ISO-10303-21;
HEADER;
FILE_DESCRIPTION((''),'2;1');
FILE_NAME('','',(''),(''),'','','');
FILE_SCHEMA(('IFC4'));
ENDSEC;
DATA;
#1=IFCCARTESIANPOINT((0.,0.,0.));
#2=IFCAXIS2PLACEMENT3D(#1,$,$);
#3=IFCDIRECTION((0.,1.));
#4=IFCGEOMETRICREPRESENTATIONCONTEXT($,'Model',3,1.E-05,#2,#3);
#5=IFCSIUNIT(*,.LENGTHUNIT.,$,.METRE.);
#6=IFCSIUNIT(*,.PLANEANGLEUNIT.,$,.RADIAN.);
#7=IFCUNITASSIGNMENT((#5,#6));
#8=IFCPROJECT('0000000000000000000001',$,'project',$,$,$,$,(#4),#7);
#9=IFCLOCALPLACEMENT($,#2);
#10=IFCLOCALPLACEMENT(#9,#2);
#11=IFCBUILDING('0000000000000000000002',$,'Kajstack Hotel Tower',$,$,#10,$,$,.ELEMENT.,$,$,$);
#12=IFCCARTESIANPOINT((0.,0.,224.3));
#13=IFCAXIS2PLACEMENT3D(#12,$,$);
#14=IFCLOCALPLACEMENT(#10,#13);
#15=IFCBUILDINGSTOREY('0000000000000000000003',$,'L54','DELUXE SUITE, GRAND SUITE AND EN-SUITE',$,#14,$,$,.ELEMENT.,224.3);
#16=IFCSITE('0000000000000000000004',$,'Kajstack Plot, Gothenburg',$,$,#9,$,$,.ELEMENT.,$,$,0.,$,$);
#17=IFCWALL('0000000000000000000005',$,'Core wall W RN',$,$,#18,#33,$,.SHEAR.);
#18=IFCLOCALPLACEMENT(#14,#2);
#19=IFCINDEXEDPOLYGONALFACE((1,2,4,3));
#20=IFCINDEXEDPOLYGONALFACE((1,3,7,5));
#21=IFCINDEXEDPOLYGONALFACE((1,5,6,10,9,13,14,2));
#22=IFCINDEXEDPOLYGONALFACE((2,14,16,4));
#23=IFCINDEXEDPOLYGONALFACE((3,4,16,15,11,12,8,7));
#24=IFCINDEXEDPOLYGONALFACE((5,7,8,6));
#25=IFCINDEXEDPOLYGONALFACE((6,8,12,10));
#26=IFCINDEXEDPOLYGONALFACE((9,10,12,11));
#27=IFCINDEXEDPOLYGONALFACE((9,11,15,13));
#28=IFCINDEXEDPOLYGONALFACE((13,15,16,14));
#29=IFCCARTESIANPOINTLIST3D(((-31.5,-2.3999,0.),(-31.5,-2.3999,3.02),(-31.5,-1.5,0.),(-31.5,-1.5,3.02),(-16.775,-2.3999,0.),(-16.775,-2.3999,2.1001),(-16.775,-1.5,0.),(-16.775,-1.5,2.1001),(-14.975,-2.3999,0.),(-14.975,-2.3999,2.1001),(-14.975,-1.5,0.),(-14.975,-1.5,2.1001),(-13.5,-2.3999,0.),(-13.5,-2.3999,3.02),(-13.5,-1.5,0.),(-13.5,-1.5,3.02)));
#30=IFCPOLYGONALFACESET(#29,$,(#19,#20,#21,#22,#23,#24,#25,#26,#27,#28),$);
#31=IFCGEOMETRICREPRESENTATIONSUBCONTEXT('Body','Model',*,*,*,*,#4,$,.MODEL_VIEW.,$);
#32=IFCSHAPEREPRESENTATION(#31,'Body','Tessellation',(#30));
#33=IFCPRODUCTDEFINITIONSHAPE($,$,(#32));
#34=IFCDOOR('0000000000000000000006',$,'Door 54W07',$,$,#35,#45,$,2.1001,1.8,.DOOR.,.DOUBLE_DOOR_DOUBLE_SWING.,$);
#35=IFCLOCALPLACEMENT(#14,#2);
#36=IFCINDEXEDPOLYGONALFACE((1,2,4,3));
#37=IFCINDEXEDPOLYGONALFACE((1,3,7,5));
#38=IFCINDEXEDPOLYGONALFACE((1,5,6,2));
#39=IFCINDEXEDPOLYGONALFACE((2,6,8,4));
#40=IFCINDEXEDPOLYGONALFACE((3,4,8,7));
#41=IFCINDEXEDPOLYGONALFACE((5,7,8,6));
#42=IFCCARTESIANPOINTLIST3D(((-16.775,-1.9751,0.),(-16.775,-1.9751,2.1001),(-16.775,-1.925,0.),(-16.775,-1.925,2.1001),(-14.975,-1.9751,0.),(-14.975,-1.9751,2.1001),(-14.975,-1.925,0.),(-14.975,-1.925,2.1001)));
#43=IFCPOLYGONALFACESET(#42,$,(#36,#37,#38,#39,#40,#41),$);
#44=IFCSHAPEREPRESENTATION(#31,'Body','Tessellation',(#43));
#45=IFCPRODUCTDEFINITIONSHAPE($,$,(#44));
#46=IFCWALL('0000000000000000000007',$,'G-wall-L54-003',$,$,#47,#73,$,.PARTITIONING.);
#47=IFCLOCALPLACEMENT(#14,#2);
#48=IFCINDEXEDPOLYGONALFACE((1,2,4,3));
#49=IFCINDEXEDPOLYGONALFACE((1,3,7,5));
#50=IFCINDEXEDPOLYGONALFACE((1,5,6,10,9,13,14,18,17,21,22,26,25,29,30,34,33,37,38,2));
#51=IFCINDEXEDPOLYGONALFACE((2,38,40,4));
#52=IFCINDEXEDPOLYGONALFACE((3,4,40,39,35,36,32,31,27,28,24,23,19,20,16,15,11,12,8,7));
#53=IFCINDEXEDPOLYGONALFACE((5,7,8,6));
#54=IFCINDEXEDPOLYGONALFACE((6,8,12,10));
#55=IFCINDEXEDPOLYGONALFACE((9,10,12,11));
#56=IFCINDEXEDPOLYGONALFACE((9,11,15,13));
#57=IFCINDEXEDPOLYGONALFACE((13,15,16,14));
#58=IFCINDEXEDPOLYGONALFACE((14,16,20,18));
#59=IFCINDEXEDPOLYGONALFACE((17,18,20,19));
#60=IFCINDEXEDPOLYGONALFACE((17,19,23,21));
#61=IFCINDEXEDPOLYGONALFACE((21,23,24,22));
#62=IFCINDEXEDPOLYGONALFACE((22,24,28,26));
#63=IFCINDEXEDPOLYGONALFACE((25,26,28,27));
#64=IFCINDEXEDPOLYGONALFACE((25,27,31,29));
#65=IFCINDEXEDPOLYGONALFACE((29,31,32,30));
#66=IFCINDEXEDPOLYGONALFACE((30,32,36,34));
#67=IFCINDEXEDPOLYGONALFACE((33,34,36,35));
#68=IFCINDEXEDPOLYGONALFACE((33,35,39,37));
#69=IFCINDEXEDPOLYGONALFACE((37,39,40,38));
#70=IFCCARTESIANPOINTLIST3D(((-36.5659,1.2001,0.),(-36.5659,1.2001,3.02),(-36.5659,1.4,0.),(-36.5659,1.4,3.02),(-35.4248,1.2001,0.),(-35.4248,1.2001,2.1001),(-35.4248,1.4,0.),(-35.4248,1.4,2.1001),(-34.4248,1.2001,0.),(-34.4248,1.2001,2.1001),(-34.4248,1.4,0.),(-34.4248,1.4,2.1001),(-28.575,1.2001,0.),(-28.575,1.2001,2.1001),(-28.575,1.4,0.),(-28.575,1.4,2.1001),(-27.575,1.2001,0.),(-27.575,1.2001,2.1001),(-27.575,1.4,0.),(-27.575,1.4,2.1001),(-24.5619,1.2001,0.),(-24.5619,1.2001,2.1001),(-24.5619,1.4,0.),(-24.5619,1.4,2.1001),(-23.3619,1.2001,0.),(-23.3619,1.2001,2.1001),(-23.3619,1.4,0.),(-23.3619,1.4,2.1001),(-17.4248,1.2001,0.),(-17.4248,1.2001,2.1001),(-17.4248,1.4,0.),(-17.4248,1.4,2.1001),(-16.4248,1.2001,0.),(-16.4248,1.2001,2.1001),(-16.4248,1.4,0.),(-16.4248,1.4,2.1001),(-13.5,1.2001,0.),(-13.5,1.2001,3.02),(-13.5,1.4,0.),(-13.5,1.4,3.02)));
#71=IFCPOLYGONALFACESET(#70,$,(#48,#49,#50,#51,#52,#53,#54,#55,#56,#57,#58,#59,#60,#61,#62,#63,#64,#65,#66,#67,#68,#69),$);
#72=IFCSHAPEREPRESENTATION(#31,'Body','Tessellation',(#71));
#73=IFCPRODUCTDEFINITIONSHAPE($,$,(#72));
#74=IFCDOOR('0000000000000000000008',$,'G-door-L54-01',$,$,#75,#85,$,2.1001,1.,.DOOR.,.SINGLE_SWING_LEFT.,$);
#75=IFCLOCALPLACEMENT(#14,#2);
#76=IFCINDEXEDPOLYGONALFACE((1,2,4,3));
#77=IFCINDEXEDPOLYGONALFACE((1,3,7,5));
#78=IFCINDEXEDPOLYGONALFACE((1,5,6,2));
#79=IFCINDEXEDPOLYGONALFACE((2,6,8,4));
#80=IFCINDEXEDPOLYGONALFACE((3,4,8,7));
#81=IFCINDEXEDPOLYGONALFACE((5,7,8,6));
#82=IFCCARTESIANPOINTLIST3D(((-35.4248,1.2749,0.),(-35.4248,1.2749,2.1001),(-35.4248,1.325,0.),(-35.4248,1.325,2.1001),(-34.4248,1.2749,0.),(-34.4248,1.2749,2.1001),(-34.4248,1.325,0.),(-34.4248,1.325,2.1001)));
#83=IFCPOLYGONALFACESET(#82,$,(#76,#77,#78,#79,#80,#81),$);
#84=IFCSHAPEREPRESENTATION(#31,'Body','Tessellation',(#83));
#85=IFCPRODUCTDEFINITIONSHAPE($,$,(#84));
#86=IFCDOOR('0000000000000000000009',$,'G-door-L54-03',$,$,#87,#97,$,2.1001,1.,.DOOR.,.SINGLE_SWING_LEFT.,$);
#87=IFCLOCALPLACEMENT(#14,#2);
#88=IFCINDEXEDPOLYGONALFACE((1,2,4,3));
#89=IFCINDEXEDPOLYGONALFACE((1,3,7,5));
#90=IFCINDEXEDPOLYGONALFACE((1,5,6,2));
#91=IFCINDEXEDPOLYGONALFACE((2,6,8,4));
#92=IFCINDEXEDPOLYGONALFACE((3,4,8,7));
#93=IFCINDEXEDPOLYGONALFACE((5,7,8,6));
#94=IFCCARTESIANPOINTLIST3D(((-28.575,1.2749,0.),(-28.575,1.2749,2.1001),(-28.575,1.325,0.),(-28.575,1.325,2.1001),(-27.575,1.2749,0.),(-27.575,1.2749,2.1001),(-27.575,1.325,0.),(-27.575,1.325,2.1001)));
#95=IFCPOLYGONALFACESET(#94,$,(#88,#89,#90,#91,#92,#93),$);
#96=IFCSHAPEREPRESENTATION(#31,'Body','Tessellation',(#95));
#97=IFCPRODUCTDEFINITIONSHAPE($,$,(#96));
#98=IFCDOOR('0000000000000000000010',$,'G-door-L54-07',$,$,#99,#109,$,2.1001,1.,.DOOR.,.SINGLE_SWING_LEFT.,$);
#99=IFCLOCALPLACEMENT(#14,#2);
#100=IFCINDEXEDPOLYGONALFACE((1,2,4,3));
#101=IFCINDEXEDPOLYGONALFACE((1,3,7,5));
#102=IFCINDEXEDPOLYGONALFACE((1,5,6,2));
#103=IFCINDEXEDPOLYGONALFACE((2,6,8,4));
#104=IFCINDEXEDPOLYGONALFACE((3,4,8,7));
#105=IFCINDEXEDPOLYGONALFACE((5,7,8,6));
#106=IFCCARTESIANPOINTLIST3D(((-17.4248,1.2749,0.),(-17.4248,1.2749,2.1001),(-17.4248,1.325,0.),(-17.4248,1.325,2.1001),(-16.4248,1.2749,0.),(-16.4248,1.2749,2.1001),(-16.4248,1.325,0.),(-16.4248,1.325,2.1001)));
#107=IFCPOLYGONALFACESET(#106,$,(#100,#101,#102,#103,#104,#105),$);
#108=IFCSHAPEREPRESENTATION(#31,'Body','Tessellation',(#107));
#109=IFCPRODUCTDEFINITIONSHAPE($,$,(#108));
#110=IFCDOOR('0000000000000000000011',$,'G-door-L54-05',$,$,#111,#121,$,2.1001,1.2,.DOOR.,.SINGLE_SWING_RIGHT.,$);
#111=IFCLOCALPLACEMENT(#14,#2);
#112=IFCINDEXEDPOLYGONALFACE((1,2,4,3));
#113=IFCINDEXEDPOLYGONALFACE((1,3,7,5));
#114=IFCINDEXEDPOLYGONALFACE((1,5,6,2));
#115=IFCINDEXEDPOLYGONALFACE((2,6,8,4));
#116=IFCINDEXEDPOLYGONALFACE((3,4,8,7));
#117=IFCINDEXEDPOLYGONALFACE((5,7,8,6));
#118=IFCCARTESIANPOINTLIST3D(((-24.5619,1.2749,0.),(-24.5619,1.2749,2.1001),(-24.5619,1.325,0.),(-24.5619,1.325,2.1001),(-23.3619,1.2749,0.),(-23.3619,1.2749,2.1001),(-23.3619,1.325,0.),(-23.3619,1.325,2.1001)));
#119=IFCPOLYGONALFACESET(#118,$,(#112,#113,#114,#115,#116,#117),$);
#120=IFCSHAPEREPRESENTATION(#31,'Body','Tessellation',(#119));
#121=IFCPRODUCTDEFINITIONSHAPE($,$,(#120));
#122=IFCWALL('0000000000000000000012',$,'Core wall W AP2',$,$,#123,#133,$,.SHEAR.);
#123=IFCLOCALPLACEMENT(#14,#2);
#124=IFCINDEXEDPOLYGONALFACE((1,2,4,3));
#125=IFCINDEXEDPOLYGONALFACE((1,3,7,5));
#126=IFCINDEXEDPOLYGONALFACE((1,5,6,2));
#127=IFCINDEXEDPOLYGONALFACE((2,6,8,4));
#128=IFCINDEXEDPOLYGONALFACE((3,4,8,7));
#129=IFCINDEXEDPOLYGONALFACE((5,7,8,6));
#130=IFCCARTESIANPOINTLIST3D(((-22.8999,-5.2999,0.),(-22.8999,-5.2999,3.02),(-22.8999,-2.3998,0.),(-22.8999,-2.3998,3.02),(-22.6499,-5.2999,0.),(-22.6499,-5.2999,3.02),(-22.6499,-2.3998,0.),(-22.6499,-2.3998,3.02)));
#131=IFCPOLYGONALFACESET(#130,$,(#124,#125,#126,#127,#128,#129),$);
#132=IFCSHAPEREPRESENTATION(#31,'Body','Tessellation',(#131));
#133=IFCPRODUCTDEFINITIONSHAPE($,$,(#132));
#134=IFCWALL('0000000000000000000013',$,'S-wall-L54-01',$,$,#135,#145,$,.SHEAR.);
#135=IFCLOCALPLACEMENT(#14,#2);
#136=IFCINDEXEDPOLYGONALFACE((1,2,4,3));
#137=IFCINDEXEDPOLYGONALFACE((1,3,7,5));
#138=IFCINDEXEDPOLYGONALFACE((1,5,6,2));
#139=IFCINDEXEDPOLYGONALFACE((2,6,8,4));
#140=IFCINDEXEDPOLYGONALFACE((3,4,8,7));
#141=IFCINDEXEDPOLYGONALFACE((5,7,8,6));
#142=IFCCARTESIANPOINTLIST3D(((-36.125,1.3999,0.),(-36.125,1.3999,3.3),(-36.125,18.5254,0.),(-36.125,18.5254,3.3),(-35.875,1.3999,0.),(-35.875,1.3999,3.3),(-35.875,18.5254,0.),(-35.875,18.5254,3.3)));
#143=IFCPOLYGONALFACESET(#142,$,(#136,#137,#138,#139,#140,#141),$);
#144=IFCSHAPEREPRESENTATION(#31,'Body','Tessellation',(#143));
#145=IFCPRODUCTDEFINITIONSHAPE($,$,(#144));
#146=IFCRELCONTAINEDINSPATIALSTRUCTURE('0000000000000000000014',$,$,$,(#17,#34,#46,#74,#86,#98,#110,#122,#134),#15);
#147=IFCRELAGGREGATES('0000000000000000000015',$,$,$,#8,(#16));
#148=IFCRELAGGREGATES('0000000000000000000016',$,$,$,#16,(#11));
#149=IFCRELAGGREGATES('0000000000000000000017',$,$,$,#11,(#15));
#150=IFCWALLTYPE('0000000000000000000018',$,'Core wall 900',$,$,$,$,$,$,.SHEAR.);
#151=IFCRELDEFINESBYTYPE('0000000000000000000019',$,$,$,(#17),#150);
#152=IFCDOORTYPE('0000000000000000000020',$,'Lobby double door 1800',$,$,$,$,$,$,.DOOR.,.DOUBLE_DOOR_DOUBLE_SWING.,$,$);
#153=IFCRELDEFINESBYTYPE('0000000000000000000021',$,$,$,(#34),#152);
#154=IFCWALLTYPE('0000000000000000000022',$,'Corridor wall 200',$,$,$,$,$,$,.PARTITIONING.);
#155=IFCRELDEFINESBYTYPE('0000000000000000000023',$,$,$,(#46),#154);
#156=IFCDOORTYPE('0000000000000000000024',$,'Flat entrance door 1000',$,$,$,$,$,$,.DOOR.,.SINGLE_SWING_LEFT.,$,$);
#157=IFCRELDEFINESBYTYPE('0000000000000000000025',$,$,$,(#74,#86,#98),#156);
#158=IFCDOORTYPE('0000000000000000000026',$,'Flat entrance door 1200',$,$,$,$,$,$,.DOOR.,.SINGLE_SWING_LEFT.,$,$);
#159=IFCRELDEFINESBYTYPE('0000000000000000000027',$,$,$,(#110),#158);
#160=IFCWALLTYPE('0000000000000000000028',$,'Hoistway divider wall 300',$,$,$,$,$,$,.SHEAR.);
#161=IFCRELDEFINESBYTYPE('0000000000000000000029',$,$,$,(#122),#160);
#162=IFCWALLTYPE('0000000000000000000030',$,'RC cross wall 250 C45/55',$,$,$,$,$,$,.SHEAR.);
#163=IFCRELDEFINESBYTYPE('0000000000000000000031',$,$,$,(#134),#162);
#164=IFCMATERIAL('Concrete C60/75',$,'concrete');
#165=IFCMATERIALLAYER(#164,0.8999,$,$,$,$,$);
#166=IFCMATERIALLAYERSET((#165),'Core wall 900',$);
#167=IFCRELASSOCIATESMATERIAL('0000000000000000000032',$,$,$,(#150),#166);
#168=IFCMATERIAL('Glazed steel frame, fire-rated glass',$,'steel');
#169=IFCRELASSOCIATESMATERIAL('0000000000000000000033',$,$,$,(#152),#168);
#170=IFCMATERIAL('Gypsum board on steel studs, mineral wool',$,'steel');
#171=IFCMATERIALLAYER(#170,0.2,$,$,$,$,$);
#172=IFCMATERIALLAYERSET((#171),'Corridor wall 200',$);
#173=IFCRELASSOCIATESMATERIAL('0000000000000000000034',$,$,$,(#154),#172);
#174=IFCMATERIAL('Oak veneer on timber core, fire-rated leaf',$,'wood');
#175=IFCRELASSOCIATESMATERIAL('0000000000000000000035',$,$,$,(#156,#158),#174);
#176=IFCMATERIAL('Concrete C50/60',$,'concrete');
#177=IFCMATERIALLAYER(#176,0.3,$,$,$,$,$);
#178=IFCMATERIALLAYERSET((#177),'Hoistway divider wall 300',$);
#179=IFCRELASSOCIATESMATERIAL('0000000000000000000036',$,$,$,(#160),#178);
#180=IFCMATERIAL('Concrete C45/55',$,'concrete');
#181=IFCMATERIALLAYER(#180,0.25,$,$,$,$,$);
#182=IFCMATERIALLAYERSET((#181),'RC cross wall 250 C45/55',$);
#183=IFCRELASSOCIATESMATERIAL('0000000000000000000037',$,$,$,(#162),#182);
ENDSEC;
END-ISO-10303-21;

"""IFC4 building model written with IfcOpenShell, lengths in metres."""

from ifc_helpers import new_model, si_unit, direction, frame, frame_2d, origin, place, context, subcontext, project, spatial, rectangle, extrude, material, layer, layer_set, type_object, element, fill, save


model = new_model("IFC4")

# Units and contexts
model_context = context("Model", 3, precision=1e-05, world=origin(), true_north=direction((0.0, 1.0)))
body_context = subcontext(model_context, "Body", "Model", "MODEL_VIEW")
ifc_project = project(units=[si_unit("LENGTHUNIT", "METRE"), si_unit("PLANEANGLEUNIT", "RADIAN")], contexts=[model_context])

# Site, building, storey
site_placement = place(None, origin())
site = spatial("IfcSite", under=ifc_project, at=site_placement, Name="Kajstack Plot, Gothenburg", CompositionType="ELEMENT", RefElevation=0.0)
building_placement = place(site_placement, origin())
building = spatial("IfcBuilding", under=site, at=building_placement, Name="Kajstack Hotel Tower", CompositionType="ELEMENT")
storey_placement = place(building_placement, frame((0.0, 0.0, 224.3)))
storey = spatial("IfcBuildingStorey", under=building, at=storey_placement, Name="L54", Description="DELUXE SUITE, GRAND SUITE AND EN-SUITE", CompositionType="ELEMENT", Elevation=224.3)

# Wall, opening, door
ifc_material_1 = material(Name="Concrete C60/75", Category="concrete")
ifc_layer_1 = layer(ifc_material_1, 0.8999)
ifc_layer_set_1 = layer_set([ifc_layer_1], Name="Core wall 900")
wall_type_1 = type_object("IfcWallType", Name="Core wall 900", PredefinedType="SHEAR", material=ifc_layer_set_1)
wall_1_placement = place(storey_placement, frame((-31.5, -1.95, 0.0), z_axis=(0.0, 0.0, 1.0), x_axis=(1.0, 0.0, 0.0)))
wall_1 = element("IfcWall", 1, at=wall_1_placement, inside=storey, type_object=wall_type_1, Name="Core wall W RN", PredefinedType="SHEAR", context=body_context, shape_type="SweptSolid", body=[
    extrude(rectangle(XDim=18.0, YDim=0.8999, at=frame_2d((9.0, 0.0))), origin(), (0.0, 0.0, 1.0), 3.02),
])
opening_1_placement = place(wall_1_placement, frame((14.7251, 0.0, 0.0)))
opening_1 = element("IfcOpeningElement", 2, at=opening_1_placement, cuts=wall_1, PredefinedType="OPENING", context=body_context, shape_type="SweptSolid", body=[
    extrude(rectangle(XDim=1.8, YDim=2.1001, at=frame_2d((0.8999, 1.05))), frame((0.0, 0.46, 0.0), z_axis=(0.0, -1.0, 0.0), x_axis=(1.0, 0.0, 0.0)), (0.0, 0.0, 1.0), 0.9199),
])
ifc_material_2 = material(Name="Glazed steel frame, fire-rated glass", Category="steel")
door_type_1 = type_object("IfcDoorType", Name="Lobby double door 1800", OperationType="DOUBLE_DOOR_DOUBLE_SWING", PredefinedType="DOOR", material=ifc_material_2)
door_1_placement = place(opening_1_placement, origin())
door_1 = element("IfcDoor", 3, at=door_1_placement, inside=storey, type_object=door_type_1, Name="Door 54W07", OperationType="DOUBLE_DOOR_DOUBLE_SWING", OverallHeight=2.1001, OverallWidth=1.8, PredefinedType="DOOR", context=body_context, shape_type="SweptSolid", body=[
    extrude(rectangle(XDim=1.8, YDim=2.1001, at=frame_2d((0.8999, 1.05))), frame((0.0, 0.0249, 0.0), z_axis=(0.0, -1.0, 0.0), x_axis=(1.0, 0.0, 0.0)), (0.0, 0.0, 1.0), 0.05),
])
fill(opening_1, door_1)

# Wall, openings, doors
ifc_material_3 = material(Name="Gypsum board on steel studs, mineral wool", Category="steel")
ifc_layer_2 = layer(ifc_material_3, 0.2)
ifc_layer_set_2 = layer_set([ifc_layer_2], Name="Corridor wall 200")
wall_type_2 = type_object("IfcWallType", Name="Corridor wall 200", PredefinedType="PARTITIONING", material=ifc_layer_set_2)
wall_2_placement = place(storey_placement, frame((-36.5659, 1.3, 0.0), z_axis=(0.0, 0.0, 1.0), x_axis=(1.0, 0.0, 0.0)))
wall_2 = element("IfcWall", 4, at=wall_2_placement, inside=storey, type_object=wall_type_2, Name="G-wall-L54-003", PredefinedType="PARTITIONING", context=body_context, shape_type="SweptSolid", body=[
    extrude(rectangle(XDim=23.0659, YDim=0.2, at=frame_2d((11.533, 0.0))), origin(), (0.0, 0.0, 1.0), 3.02),
])
opening_2_placement = place(wall_2_placement, frame((1.1411, 0.0, 0.0)))
opening_2 = element("IfcOpeningElement", 5, at=opening_2_placement, cuts=wall_2, PredefinedType="OPENING", context=body_context, shape_type="SweptSolid", body=[
    extrude(rectangle(XDim=1.0, YDim=2.1001, at=frame_2d((0.5, 1.05))), frame((0.0, 0.1099, 0.0), z_axis=(0.0, -1.0, 0.0), x_axis=(1.0, 0.0, 0.0)), (0.0, 0.0, 1.0), 0.22),
])
opening_3_placement = place(wall_2_placement, frame((7.991, 0.0, 0.0)))
opening_3 = element("IfcOpeningElement", 6, at=opening_3_placement, cuts=wall_2, PredefinedType="OPENING", context=body_context, shape_type="SweptSolid", body=[
    extrude(rectangle(XDim=1.0, YDim=2.1001, at=frame_2d((0.5, 1.05))), frame((0.0, 0.1099, 0.0), z_axis=(0.0, -1.0, 0.0), x_axis=(1.0, 0.0, 0.0)), (0.0, 0.0, 1.0), 0.22),
])
opening_4_placement = place(wall_2_placement, frame((12.0039, 0.0, 0.0)))
opening_4 = element("IfcOpeningElement", 7, at=opening_4_placement, cuts=wall_2, PredefinedType="OPENING", context=body_context, shape_type="SweptSolid", body=[
    extrude(rectangle(XDim=1.2, YDim=2.1001, at=frame_2d((0.6001, 1.05))), frame((0.0, 0.1099, 0.0), z_axis=(0.0, -1.0, 0.0), x_axis=(1.0, 0.0, 0.0)), (0.0, 0.0, 1.0), 0.22),
])
opening_5_placement = place(wall_2_placement, frame((19.1411, 0.0, 0.0)))
opening_5 = element("IfcOpeningElement", 8, at=opening_5_placement, cuts=wall_2, PredefinedType="OPENING", context=body_context, shape_type="SweptSolid", body=[
    extrude(rectangle(XDim=1.0, YDim=2.1001, at=frame_2d((0.5, 1.05))), frame((0.0, 0.1099, 0.0), z_axis=(0.0, -1.0, 0.0), x_axis=(1.0, 0.0, 0.0)), (0.0, 0.0, 1.0), 0.22),
])
ifc_material_4 = material(Name="Oak veneer on timber core, fire-rated leaf", Category="wood")
door_type_2 = type_object("IfcDoorType", Name="Flat entrance door 1000", OperationType="SINGLE_SWING_LEFT", PredefinedType="DOOR", material=ifc_material_4)
door_2_placement = place(opening_2_placement, origin())
door_2 = element("IfcDoor", 9, at=door_2_placement, inside=storey, type_object=door_type_2, Name="G-door-L54-01", OperationType="SINGLE_SWING_LEFT", OverallHeight=2.1001, OverallWidth=1.0, PredefinedType="DOOR", context=body_context, shape_type="SweptSolid", body=[
    extrude(rectangle(XDim=1.0, YDim=2.1001, at=frame_2d((0.5, 1.05))), frame((0.0, 0.0249, 0.0), z_axis=(0.0, -1.0, 0.0), x_axis=(1.0, 0.0, 0.0)), (0.0, 0.0, 1.0), 0.05),
])
fill(opening_2, door_2)
door_3_placement = place(opening_3_placement, origin())
door_3 = element("IfcDoor", 10, at=door_3_placement, inside=storey, type_object=door_type_2, Name="G-door-L54-03", OperationType="SINGLE_SWING_LEFT", OverallHeight=2.1001, OverallWidth=1.0, PredefinedType="DOOR", context=body_context, shape_type="SweptSolid", body=[
    extrude(rectangle(XDim=1.0, YDim=2.1001, at=frame_2d((0.5, 1.05))), frame((0.0, 0.0249, 0.0), z_axis=(0.0, -1.0, 0.0), x_axis=(1.0, 0.0, 0.0)), (0.0, 0.0, 1.0), 0.05),
])
fill(opening_3, door_3)
door_4_placement = place(opening_5_placement, origin())
door_4 = element("IfcDoor", 11, at=door_4_placement, inside=storey, type_object=door_type_2, Name="G-door-L54-07", OperationType="SINGLE_SWING_LEFT", OverallHeight=2.1001, OverallWidth=1.0, PredefinedType="DOOR", context=body_context, shape_type="SweptSolid", body=[
    extrude(rectangle(XDim=1.0, YDim=2.1001, at=frame_2d((0.5, 1.05))), frame((0.0, 0.0249, 0.0), z_axis=(0.0, -1.0, 0.0), x_axis=(1.0, 0.0, 0.0)), (0.0, 0.0, 1.0), 0.05),
])
fill(opening_5, door_4)
door_type_3 = type_object("IfcDoorType", Name="Flat entrance door 1200", OperationType="SINGLE_SWING_LEFT", PredefinedType="DOOR", material=ifc_material_4)
door_5_placement = place(opening_4_placement, origin())
door_5 = element("IfcDoor", 12, at=door_5_placement, inside=storey, type_object=door_type_3, Name="G-door-L54-05", OperationType="SINGLE_SWING_RIGHT", OverallHeight=2.1001, OverallWidth=1.2, PredefinedType="DOOR", context=body_context, shape_type="SweptSolid", body=[
    extrude(rectangle(XDim=1.2, YDim=2.1001, at=frame_2d((0.6001, 1.05))), frame((0.0, 0.0249, 0.0), z_axis=(0.0, -1.0, 0.0), x_axis=(1.0, 0.0, 0.0)), (0.0, 0.0, 1.0), 0.05),
])
fill(opening_4, door_5)

# Walls
ifc_material_5 = material(Name="Concrete C50/60", Category="concrete")
ifc_layer_3 = layer(ifc_material_5, 0.3)
ifc_layer_set_3 = layer_set([ifc_layer_3], Name="Hoistway divider wall 300")
wall_type_3 = type_object("IfcWallType", Name="Hoistway divider wall 300", PredefinedType="SHEAR", material=ifc_layer_set_3)
wall_3_placement = place(storey_placement, frame((-22.7749, -5.3, 0.0), z_axis=(0.0, 0.0, 1.0), x_axis=(0.0, 1.0, 0.0)))
element("IfcWall", 13, at=wall_3_placement, inside=storey, type_object=wall_type_3, Name="Core wall W AP2", PredefinedType="SHEAR", context=body_context, shape_type="SweptSolid", body=[
    extrude(rectangle(XDim=2.9001, YDim=0.25, at=frame_2d((1.4502, 0.0))), origin(), (0.0, 0.0, 1.0), 3.02),
])
ifc_material_6 = material(Name="Concrete C45/55", Category="concrete")
ifc_layer_4 = layer(ifc_material_6, 0.25)
ifc_layer_set_4 = layer_set([ifc_layer_4], Name="RC cross wall 250 C45/55")
wall_type_4 = type_object("IfcWallType", Name="RC cross wall 250 C45/55", PredefinedType="SHEAR", material=ifc_layer_set_4)
wall_4_placement = place(storey_placement, frame((-36.0, 1.3999, 0.0), z_axis=(0.0, 0.0, 1.0), x_axis=(0.0, 1.0, 0.0)))
element("IfcWall", 14, at=wall_4_placement, inside=storey, type_object=wall_type_4, Name="S-wall-L54-01", PredefinedType="SHEAR", context=body_context, shape_type="SweptSolid", body=[
    extrude(rectangle(XDim=17.1255, YDim=0.25, at=frame_2d((8.5627, 0.0))), origin(), (0.0, 0.0, 1.0), 3.3),
])

save(model, "model.ifc")
